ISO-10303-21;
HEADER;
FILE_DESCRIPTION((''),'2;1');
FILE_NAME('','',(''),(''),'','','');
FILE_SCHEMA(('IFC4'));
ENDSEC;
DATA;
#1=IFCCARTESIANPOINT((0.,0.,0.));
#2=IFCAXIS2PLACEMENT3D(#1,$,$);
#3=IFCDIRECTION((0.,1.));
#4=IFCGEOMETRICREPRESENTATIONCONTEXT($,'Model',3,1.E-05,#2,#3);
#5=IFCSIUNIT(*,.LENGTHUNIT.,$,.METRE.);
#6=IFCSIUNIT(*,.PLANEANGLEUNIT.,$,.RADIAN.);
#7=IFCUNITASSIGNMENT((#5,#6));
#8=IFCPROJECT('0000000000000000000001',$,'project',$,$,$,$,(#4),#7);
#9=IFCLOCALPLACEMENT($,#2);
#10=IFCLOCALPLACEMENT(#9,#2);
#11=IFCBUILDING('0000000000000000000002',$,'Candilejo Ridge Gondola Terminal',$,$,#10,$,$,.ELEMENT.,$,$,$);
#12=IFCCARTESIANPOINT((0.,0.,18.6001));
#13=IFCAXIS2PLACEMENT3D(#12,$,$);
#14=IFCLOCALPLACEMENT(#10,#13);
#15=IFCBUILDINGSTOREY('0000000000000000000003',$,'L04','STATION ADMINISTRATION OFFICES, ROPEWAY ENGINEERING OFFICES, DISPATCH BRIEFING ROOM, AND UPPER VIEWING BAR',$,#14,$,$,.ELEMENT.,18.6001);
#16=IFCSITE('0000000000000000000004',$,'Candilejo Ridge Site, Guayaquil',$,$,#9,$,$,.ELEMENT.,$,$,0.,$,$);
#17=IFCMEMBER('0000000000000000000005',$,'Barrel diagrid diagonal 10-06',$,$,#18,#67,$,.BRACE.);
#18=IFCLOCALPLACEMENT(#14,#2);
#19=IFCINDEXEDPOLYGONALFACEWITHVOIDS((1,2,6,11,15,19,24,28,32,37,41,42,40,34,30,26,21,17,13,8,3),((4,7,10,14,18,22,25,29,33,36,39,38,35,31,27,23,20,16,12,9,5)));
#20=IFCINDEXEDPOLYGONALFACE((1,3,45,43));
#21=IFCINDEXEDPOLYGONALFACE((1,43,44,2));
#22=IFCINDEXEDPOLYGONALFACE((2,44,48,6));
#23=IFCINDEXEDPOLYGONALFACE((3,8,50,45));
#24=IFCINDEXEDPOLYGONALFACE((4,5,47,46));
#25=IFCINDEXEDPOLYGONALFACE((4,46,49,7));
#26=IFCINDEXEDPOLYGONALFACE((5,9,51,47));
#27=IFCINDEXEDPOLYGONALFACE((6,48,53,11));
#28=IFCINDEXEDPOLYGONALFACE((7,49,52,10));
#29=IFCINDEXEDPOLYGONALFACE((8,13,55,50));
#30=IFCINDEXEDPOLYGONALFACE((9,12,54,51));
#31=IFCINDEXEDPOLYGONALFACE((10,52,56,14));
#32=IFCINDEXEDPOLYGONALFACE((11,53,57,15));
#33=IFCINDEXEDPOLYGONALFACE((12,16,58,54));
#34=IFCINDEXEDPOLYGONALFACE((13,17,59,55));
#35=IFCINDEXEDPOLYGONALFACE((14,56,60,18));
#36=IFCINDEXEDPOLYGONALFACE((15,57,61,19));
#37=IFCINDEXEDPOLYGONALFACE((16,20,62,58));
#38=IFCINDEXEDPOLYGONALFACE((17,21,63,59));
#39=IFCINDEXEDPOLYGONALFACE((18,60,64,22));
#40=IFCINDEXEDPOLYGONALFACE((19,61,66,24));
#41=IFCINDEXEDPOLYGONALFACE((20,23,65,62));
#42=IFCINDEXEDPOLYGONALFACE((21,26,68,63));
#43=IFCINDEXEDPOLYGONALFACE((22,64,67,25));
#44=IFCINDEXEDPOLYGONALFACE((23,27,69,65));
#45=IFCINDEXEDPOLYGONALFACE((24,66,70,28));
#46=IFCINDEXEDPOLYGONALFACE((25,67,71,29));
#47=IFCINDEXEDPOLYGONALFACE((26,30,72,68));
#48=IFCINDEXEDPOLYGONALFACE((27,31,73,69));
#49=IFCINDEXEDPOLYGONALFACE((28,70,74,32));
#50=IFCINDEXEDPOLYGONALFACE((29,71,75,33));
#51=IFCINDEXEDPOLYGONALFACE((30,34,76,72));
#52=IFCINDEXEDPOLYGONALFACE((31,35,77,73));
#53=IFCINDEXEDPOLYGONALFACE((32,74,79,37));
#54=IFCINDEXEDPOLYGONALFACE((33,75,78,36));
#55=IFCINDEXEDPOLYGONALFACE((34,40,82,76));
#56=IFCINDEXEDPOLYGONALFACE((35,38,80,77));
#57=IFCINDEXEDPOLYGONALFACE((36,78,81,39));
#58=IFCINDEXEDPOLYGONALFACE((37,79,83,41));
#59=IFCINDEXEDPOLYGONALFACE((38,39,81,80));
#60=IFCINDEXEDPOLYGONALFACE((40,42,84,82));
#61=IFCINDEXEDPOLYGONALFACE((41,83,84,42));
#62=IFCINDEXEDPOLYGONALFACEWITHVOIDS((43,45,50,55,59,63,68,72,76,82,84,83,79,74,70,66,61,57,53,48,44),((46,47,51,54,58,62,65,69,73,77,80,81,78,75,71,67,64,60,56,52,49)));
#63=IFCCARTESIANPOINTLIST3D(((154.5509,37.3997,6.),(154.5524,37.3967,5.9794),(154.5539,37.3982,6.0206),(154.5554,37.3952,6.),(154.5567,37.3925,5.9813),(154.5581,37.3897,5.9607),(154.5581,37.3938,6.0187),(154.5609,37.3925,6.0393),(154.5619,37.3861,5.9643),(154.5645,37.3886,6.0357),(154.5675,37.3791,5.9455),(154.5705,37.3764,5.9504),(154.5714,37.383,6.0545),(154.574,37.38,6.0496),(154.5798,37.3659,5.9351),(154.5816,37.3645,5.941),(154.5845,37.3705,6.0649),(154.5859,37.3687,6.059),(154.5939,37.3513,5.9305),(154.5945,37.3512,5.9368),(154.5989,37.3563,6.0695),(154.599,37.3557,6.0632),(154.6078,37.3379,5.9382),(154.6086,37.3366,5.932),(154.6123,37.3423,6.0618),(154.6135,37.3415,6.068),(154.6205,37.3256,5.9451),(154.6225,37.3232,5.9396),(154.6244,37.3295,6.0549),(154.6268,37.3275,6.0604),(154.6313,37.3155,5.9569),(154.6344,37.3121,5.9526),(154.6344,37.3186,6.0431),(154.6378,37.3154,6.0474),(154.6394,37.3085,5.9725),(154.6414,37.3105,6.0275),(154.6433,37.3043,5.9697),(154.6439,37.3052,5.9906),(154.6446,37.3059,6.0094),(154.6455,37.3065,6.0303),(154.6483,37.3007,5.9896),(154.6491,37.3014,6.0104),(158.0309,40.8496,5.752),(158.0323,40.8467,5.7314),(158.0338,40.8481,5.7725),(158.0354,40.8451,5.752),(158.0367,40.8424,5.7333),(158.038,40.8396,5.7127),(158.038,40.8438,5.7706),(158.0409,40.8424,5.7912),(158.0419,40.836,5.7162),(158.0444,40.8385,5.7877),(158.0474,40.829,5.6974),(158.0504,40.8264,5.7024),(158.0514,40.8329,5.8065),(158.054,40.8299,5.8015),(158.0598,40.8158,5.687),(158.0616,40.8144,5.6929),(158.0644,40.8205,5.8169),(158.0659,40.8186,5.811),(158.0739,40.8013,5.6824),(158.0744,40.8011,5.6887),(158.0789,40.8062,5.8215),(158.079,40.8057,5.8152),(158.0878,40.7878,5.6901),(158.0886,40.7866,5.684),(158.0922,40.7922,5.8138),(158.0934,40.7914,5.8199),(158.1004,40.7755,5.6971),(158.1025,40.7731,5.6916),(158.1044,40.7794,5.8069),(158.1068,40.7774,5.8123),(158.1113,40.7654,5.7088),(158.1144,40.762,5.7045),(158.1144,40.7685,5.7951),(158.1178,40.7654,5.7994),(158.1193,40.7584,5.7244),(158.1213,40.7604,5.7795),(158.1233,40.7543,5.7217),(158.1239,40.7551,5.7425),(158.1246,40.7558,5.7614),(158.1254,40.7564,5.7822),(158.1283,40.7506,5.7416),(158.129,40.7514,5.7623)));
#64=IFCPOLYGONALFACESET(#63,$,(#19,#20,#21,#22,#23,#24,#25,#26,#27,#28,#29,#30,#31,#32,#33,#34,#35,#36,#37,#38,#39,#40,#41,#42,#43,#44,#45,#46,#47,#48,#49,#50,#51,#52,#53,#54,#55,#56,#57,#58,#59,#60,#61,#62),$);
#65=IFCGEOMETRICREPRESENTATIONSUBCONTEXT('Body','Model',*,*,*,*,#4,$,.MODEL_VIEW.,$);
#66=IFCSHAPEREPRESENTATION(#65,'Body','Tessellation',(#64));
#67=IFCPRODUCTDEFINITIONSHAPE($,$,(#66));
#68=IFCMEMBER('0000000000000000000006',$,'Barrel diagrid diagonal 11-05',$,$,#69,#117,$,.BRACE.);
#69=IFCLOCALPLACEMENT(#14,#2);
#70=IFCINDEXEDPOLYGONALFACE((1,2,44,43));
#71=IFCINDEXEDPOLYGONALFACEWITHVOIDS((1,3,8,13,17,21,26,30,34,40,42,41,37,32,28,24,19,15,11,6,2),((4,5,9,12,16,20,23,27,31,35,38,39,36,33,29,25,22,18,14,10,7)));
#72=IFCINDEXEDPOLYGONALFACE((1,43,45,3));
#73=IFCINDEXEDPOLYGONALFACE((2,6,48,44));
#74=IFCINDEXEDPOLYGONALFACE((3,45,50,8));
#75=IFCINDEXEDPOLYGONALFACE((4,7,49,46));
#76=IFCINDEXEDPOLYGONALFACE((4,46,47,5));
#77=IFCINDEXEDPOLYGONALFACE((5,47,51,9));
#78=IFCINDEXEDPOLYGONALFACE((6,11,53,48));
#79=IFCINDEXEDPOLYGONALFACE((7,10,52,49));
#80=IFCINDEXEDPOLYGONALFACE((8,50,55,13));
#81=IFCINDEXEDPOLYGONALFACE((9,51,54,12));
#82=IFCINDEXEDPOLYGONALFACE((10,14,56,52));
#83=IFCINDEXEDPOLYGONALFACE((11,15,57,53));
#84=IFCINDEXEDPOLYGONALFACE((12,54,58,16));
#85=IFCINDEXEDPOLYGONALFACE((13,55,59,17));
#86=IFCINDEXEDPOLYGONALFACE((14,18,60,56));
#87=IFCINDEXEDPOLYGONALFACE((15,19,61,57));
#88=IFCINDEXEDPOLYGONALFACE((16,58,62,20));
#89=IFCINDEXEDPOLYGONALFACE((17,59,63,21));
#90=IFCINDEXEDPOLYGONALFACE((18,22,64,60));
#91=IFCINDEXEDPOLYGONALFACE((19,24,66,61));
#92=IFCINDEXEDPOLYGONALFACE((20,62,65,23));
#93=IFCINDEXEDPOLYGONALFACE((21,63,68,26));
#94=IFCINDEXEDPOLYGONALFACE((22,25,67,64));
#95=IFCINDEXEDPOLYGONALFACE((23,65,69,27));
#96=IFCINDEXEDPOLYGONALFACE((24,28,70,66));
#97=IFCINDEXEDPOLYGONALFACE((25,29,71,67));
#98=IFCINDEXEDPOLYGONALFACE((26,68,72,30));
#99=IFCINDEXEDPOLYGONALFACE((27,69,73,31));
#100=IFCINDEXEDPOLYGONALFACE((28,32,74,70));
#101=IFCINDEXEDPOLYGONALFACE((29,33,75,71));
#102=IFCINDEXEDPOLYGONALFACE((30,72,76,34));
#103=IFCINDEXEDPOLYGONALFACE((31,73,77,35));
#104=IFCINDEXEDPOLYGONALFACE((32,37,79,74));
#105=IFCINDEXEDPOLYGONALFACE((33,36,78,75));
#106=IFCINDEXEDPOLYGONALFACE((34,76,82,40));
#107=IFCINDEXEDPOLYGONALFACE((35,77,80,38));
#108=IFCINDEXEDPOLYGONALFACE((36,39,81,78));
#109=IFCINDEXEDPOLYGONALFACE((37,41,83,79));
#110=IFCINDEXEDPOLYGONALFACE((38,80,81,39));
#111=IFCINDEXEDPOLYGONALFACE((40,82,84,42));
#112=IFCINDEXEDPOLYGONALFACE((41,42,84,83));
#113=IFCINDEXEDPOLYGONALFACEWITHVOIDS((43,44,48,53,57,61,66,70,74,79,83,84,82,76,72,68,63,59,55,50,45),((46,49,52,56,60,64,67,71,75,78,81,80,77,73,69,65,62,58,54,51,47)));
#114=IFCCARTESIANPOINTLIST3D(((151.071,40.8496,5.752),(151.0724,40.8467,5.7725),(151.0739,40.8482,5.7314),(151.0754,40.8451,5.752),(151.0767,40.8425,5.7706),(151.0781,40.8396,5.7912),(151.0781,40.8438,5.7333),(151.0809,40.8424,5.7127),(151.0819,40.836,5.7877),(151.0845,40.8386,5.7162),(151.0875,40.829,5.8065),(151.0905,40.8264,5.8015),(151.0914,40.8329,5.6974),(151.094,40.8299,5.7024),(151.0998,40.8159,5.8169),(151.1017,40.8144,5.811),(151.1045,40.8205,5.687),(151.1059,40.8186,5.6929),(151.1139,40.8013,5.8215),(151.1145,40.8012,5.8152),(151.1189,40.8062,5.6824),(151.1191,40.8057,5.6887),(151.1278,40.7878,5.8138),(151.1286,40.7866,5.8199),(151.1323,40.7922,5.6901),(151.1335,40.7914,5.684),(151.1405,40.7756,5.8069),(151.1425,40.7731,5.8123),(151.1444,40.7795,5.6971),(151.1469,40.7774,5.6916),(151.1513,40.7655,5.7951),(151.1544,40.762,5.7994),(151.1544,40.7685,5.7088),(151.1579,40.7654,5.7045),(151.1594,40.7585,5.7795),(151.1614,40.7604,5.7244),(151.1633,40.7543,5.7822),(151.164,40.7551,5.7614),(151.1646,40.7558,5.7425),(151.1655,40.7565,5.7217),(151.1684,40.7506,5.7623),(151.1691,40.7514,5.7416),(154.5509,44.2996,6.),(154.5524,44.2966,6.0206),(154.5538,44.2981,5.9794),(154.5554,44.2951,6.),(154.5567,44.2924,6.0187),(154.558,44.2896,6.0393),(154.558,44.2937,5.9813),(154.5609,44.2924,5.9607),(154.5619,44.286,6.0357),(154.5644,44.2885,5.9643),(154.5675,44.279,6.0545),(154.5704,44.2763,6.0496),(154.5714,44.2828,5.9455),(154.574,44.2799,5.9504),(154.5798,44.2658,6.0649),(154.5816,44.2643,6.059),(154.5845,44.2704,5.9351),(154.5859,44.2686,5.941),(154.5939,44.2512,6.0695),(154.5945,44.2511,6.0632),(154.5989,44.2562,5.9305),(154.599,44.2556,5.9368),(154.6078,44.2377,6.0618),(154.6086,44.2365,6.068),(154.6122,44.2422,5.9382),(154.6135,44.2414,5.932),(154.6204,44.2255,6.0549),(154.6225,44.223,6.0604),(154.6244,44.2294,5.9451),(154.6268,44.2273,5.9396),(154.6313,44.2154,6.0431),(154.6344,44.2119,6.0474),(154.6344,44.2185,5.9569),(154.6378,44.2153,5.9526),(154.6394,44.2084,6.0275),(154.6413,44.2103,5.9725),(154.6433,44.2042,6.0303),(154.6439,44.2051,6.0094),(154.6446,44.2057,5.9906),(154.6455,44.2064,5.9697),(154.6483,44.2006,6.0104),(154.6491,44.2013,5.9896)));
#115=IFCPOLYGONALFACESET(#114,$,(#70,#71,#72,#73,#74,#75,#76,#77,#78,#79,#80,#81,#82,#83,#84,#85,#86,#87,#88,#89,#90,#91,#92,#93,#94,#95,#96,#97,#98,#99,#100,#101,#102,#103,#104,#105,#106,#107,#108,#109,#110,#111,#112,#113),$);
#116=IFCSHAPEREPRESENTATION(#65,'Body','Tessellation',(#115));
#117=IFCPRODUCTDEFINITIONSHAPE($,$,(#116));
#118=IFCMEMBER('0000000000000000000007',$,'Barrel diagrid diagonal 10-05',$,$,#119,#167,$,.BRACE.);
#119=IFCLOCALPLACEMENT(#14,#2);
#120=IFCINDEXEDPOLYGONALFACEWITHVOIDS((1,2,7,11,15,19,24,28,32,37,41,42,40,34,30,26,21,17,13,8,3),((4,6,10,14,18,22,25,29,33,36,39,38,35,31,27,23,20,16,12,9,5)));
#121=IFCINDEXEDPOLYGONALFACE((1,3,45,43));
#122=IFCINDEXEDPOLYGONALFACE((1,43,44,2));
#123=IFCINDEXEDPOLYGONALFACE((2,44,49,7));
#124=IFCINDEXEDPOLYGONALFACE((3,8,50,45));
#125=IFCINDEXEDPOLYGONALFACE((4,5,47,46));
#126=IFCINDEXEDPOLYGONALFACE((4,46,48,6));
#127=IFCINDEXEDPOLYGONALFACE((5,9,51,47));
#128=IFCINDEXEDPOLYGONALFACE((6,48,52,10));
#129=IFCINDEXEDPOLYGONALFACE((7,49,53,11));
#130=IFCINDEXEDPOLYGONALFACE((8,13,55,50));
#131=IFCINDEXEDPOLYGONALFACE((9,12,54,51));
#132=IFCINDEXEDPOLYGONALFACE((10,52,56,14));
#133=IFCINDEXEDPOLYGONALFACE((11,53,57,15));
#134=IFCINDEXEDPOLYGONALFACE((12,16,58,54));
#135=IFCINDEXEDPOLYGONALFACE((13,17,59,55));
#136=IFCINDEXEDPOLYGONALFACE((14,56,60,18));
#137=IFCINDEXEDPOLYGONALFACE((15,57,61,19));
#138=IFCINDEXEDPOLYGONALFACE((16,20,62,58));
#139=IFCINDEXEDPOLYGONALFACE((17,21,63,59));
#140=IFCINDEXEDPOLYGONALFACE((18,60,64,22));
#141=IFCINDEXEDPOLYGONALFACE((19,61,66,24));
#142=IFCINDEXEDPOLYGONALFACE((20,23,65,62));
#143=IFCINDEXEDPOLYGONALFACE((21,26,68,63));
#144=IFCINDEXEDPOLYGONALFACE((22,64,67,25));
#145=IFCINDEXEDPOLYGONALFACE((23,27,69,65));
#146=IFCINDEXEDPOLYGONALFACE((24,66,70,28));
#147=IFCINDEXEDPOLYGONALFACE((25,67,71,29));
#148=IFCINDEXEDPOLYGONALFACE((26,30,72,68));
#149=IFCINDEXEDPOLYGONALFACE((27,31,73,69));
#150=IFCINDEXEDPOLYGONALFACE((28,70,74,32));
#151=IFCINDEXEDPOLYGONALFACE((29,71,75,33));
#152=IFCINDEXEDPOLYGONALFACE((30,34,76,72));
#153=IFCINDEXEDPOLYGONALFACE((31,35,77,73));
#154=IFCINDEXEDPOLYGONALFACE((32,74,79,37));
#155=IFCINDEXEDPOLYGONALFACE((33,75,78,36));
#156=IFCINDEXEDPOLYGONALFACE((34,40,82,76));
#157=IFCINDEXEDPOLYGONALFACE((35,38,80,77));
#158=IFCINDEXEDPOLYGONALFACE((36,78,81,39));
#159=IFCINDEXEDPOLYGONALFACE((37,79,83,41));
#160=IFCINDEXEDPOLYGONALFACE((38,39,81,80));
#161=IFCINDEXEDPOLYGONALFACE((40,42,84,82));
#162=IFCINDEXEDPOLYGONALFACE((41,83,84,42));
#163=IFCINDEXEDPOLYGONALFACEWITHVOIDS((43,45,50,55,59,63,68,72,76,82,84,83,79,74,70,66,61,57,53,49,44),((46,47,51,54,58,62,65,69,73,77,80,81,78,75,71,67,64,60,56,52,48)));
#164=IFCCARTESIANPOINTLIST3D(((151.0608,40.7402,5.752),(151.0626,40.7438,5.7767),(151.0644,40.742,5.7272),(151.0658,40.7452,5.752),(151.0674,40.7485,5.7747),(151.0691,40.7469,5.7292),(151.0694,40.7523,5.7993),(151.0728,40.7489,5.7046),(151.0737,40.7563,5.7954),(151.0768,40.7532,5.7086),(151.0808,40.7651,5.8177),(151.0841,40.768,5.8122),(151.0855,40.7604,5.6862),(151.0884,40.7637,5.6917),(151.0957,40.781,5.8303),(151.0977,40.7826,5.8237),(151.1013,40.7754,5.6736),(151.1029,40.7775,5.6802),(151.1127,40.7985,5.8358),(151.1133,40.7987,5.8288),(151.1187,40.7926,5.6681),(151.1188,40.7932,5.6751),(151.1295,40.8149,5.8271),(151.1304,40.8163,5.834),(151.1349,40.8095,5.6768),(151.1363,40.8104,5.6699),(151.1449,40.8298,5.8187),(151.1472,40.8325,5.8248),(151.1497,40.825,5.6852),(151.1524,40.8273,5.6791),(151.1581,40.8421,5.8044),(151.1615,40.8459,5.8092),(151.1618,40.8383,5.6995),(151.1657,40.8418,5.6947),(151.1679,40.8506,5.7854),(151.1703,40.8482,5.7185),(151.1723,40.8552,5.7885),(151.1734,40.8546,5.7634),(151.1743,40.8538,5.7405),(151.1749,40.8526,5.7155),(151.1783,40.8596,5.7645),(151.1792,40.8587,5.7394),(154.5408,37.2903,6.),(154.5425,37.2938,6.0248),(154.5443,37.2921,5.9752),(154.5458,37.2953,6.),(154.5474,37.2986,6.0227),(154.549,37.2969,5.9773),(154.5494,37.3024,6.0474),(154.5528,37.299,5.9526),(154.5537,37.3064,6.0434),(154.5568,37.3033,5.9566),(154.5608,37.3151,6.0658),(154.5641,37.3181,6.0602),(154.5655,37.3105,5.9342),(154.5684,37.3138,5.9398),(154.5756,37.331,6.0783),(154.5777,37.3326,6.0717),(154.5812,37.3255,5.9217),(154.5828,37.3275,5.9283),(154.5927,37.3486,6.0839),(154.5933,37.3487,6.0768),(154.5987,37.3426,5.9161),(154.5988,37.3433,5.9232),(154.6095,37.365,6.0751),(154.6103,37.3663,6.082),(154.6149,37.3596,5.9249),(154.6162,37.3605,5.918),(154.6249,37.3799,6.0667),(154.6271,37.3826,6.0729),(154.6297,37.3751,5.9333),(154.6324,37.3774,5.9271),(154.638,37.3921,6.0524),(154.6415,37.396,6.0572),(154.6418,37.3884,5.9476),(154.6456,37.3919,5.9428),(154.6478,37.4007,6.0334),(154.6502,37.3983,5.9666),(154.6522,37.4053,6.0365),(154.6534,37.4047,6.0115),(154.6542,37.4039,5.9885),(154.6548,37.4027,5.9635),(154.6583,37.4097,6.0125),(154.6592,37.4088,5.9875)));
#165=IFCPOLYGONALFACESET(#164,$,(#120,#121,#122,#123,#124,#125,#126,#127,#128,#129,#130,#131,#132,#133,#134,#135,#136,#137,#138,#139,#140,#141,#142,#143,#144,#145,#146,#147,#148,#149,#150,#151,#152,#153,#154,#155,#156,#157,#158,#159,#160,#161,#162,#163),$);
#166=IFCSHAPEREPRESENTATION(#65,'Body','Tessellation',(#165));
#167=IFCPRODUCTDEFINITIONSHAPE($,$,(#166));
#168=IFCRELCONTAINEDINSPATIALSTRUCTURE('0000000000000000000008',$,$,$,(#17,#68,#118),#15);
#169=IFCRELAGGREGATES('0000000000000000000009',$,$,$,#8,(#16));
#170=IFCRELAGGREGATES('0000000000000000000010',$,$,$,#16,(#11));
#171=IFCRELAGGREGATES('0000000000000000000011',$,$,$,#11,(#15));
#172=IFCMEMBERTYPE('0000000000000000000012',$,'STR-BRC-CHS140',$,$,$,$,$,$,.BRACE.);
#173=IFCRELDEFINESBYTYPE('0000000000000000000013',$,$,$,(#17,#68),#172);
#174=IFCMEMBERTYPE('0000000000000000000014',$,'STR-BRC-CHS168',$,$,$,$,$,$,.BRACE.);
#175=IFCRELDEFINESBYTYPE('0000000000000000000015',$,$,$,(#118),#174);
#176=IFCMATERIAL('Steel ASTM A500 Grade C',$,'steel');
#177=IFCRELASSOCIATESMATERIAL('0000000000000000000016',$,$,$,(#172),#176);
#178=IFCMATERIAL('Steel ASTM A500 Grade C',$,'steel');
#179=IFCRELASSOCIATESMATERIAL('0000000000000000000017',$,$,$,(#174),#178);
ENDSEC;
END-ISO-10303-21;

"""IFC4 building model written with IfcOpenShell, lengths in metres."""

from ifc_helpers import new_model, si_unit, direction, frame, origin, origin_2d, place, context, subcontext, project, spatial, hollow_circle, extrude, material, material_profile, profile_set, type_object, element, save


model = new_model("IFC4")

# Units and contexts
model_context = context("Model", 3, precision=1e-05, world=origin(), true_north=direction((0.0, 1.0)))
body_context = subcontext(model_context, "Body", "Model", "MODEL_VIEW")
ifc_project = project(units=[si_unit("LENGTHUNIT", "METRE"), si_unit("PLANEANGLEUNIT", "RADIAN")], contexts=[model_context])

# Site, building, storey
site_placement = place(None, origin())
site = spatial("IfcSite", under=ifc_project, at=site_placement, Name="Candilejo Ridge Site, Guayaquil", CompositionType="ELEMENT", RefElevation=0.0)
building_placement = place(site_placement, origin())
building = spatial("IfcBuilding", under=site, at=building_placement, Name="Candilejo Ridge Gondola Terminal", CompositionType="ELEMENT")
storey_placement = place(building_placement, frame((0.0, 0.0, 18.6001)))
storey = spatial("IfcBuildingStorey", under=building, at=storey_placement, Name="L04", Description="STATION ADMINISTRATION OFFICES, ROPEWAY ENGINEERING OFFICES, DISPATCH BRIEFING ROOM, AND UPPER VIEWING BAR", CompositionType="ELEMENT", Elevation=18.6001)

# Members
ifc_material_1 = material(Name="Steel ASTM A500 Grade C", Category="steel")
ifc_material_profile_1 = material_profile(ifc_material_1, hollow_circle(Radius=0.0698, WallThickness=0.0063, at=origin_2d()))
ifc_profile_set_1 = profile_set([ifc_material_profile_1], Name="Steel ASTM A500 Grade C")
member_type_1 = type_object("IfcMemberType", Name="STR-BRC-CHS140", PredefinedType="BRACE", material=ifc_profile_set_1)
for number, where, z_axis, x_axis, name in (
    (1, (154.6001, 37.3501, 6.0), (0.709256, 0.703136, -0.050555), (-0.704036, 0.710164, 0.0), "Barrel diagrid diagonal 10-06"),
    (2, (151.1201, 40.8, 5.752), (0.709256, 0.703136, 0.050555), (-0.704036, 0.710164, 0.0), "Barrel diagrid diagonal 11-05"),
):
    element("IfcMember", number, at=place(storey_placement, frame(where, z_axis=z_axis, x_axis=x_axis)), inside=storey, type_object=member_type_1, Name=name, PredefinedType="BRACE", context=body_context, shape_type="SweptSolid", body=[
        extrude(hollow_circle(Radius=0.0698, WallThickness=0.0063, at=origin_2d()), origin(), (0.0, 0.0, 1.0), 4.9065),
    ])
ifc_material_2 = material(Name="Steel ASTM A500 Grade C", Category="steel")
ifc_material_profile_2 = material_profile(ifc_material_2, hollow_circle(Radius=0.0842, WallThickness=0.0071, at=origin_2d()))
ifc_profile_set_2 = profile_set([ifc_material_profile_2], Name="Steel ASTM A500 Grade C")
member_type_2 = type_object("IfcMemberType", Name="STR-BRC-CHS168", PredefinedType="BRACE", material=ifc_profile_set_2)
member_1_placement = place(storey_placement, frame((154.6001, 37.3501, 6.0), z_axis=(-0.709256, 0.703136, -0.050555), x_axis=(-0.704036, -0.710164, 0.0)))
element("IfcMember", 3, at=member_1_placement, inside=storey, type_object=member_type_2, Name="Barrel diagrid diagonal 10-05", PredefinedType="BRACE", context=body_context, shape_type="SweptSolid", body=[
    extrude(hollow_circle(Radius=0.0842, WallThickness=0.0071, at=origin_2d()), origin(), (0.0, 0.0, 1.0), 4.9065),
])

save(model, "model.ifc")
